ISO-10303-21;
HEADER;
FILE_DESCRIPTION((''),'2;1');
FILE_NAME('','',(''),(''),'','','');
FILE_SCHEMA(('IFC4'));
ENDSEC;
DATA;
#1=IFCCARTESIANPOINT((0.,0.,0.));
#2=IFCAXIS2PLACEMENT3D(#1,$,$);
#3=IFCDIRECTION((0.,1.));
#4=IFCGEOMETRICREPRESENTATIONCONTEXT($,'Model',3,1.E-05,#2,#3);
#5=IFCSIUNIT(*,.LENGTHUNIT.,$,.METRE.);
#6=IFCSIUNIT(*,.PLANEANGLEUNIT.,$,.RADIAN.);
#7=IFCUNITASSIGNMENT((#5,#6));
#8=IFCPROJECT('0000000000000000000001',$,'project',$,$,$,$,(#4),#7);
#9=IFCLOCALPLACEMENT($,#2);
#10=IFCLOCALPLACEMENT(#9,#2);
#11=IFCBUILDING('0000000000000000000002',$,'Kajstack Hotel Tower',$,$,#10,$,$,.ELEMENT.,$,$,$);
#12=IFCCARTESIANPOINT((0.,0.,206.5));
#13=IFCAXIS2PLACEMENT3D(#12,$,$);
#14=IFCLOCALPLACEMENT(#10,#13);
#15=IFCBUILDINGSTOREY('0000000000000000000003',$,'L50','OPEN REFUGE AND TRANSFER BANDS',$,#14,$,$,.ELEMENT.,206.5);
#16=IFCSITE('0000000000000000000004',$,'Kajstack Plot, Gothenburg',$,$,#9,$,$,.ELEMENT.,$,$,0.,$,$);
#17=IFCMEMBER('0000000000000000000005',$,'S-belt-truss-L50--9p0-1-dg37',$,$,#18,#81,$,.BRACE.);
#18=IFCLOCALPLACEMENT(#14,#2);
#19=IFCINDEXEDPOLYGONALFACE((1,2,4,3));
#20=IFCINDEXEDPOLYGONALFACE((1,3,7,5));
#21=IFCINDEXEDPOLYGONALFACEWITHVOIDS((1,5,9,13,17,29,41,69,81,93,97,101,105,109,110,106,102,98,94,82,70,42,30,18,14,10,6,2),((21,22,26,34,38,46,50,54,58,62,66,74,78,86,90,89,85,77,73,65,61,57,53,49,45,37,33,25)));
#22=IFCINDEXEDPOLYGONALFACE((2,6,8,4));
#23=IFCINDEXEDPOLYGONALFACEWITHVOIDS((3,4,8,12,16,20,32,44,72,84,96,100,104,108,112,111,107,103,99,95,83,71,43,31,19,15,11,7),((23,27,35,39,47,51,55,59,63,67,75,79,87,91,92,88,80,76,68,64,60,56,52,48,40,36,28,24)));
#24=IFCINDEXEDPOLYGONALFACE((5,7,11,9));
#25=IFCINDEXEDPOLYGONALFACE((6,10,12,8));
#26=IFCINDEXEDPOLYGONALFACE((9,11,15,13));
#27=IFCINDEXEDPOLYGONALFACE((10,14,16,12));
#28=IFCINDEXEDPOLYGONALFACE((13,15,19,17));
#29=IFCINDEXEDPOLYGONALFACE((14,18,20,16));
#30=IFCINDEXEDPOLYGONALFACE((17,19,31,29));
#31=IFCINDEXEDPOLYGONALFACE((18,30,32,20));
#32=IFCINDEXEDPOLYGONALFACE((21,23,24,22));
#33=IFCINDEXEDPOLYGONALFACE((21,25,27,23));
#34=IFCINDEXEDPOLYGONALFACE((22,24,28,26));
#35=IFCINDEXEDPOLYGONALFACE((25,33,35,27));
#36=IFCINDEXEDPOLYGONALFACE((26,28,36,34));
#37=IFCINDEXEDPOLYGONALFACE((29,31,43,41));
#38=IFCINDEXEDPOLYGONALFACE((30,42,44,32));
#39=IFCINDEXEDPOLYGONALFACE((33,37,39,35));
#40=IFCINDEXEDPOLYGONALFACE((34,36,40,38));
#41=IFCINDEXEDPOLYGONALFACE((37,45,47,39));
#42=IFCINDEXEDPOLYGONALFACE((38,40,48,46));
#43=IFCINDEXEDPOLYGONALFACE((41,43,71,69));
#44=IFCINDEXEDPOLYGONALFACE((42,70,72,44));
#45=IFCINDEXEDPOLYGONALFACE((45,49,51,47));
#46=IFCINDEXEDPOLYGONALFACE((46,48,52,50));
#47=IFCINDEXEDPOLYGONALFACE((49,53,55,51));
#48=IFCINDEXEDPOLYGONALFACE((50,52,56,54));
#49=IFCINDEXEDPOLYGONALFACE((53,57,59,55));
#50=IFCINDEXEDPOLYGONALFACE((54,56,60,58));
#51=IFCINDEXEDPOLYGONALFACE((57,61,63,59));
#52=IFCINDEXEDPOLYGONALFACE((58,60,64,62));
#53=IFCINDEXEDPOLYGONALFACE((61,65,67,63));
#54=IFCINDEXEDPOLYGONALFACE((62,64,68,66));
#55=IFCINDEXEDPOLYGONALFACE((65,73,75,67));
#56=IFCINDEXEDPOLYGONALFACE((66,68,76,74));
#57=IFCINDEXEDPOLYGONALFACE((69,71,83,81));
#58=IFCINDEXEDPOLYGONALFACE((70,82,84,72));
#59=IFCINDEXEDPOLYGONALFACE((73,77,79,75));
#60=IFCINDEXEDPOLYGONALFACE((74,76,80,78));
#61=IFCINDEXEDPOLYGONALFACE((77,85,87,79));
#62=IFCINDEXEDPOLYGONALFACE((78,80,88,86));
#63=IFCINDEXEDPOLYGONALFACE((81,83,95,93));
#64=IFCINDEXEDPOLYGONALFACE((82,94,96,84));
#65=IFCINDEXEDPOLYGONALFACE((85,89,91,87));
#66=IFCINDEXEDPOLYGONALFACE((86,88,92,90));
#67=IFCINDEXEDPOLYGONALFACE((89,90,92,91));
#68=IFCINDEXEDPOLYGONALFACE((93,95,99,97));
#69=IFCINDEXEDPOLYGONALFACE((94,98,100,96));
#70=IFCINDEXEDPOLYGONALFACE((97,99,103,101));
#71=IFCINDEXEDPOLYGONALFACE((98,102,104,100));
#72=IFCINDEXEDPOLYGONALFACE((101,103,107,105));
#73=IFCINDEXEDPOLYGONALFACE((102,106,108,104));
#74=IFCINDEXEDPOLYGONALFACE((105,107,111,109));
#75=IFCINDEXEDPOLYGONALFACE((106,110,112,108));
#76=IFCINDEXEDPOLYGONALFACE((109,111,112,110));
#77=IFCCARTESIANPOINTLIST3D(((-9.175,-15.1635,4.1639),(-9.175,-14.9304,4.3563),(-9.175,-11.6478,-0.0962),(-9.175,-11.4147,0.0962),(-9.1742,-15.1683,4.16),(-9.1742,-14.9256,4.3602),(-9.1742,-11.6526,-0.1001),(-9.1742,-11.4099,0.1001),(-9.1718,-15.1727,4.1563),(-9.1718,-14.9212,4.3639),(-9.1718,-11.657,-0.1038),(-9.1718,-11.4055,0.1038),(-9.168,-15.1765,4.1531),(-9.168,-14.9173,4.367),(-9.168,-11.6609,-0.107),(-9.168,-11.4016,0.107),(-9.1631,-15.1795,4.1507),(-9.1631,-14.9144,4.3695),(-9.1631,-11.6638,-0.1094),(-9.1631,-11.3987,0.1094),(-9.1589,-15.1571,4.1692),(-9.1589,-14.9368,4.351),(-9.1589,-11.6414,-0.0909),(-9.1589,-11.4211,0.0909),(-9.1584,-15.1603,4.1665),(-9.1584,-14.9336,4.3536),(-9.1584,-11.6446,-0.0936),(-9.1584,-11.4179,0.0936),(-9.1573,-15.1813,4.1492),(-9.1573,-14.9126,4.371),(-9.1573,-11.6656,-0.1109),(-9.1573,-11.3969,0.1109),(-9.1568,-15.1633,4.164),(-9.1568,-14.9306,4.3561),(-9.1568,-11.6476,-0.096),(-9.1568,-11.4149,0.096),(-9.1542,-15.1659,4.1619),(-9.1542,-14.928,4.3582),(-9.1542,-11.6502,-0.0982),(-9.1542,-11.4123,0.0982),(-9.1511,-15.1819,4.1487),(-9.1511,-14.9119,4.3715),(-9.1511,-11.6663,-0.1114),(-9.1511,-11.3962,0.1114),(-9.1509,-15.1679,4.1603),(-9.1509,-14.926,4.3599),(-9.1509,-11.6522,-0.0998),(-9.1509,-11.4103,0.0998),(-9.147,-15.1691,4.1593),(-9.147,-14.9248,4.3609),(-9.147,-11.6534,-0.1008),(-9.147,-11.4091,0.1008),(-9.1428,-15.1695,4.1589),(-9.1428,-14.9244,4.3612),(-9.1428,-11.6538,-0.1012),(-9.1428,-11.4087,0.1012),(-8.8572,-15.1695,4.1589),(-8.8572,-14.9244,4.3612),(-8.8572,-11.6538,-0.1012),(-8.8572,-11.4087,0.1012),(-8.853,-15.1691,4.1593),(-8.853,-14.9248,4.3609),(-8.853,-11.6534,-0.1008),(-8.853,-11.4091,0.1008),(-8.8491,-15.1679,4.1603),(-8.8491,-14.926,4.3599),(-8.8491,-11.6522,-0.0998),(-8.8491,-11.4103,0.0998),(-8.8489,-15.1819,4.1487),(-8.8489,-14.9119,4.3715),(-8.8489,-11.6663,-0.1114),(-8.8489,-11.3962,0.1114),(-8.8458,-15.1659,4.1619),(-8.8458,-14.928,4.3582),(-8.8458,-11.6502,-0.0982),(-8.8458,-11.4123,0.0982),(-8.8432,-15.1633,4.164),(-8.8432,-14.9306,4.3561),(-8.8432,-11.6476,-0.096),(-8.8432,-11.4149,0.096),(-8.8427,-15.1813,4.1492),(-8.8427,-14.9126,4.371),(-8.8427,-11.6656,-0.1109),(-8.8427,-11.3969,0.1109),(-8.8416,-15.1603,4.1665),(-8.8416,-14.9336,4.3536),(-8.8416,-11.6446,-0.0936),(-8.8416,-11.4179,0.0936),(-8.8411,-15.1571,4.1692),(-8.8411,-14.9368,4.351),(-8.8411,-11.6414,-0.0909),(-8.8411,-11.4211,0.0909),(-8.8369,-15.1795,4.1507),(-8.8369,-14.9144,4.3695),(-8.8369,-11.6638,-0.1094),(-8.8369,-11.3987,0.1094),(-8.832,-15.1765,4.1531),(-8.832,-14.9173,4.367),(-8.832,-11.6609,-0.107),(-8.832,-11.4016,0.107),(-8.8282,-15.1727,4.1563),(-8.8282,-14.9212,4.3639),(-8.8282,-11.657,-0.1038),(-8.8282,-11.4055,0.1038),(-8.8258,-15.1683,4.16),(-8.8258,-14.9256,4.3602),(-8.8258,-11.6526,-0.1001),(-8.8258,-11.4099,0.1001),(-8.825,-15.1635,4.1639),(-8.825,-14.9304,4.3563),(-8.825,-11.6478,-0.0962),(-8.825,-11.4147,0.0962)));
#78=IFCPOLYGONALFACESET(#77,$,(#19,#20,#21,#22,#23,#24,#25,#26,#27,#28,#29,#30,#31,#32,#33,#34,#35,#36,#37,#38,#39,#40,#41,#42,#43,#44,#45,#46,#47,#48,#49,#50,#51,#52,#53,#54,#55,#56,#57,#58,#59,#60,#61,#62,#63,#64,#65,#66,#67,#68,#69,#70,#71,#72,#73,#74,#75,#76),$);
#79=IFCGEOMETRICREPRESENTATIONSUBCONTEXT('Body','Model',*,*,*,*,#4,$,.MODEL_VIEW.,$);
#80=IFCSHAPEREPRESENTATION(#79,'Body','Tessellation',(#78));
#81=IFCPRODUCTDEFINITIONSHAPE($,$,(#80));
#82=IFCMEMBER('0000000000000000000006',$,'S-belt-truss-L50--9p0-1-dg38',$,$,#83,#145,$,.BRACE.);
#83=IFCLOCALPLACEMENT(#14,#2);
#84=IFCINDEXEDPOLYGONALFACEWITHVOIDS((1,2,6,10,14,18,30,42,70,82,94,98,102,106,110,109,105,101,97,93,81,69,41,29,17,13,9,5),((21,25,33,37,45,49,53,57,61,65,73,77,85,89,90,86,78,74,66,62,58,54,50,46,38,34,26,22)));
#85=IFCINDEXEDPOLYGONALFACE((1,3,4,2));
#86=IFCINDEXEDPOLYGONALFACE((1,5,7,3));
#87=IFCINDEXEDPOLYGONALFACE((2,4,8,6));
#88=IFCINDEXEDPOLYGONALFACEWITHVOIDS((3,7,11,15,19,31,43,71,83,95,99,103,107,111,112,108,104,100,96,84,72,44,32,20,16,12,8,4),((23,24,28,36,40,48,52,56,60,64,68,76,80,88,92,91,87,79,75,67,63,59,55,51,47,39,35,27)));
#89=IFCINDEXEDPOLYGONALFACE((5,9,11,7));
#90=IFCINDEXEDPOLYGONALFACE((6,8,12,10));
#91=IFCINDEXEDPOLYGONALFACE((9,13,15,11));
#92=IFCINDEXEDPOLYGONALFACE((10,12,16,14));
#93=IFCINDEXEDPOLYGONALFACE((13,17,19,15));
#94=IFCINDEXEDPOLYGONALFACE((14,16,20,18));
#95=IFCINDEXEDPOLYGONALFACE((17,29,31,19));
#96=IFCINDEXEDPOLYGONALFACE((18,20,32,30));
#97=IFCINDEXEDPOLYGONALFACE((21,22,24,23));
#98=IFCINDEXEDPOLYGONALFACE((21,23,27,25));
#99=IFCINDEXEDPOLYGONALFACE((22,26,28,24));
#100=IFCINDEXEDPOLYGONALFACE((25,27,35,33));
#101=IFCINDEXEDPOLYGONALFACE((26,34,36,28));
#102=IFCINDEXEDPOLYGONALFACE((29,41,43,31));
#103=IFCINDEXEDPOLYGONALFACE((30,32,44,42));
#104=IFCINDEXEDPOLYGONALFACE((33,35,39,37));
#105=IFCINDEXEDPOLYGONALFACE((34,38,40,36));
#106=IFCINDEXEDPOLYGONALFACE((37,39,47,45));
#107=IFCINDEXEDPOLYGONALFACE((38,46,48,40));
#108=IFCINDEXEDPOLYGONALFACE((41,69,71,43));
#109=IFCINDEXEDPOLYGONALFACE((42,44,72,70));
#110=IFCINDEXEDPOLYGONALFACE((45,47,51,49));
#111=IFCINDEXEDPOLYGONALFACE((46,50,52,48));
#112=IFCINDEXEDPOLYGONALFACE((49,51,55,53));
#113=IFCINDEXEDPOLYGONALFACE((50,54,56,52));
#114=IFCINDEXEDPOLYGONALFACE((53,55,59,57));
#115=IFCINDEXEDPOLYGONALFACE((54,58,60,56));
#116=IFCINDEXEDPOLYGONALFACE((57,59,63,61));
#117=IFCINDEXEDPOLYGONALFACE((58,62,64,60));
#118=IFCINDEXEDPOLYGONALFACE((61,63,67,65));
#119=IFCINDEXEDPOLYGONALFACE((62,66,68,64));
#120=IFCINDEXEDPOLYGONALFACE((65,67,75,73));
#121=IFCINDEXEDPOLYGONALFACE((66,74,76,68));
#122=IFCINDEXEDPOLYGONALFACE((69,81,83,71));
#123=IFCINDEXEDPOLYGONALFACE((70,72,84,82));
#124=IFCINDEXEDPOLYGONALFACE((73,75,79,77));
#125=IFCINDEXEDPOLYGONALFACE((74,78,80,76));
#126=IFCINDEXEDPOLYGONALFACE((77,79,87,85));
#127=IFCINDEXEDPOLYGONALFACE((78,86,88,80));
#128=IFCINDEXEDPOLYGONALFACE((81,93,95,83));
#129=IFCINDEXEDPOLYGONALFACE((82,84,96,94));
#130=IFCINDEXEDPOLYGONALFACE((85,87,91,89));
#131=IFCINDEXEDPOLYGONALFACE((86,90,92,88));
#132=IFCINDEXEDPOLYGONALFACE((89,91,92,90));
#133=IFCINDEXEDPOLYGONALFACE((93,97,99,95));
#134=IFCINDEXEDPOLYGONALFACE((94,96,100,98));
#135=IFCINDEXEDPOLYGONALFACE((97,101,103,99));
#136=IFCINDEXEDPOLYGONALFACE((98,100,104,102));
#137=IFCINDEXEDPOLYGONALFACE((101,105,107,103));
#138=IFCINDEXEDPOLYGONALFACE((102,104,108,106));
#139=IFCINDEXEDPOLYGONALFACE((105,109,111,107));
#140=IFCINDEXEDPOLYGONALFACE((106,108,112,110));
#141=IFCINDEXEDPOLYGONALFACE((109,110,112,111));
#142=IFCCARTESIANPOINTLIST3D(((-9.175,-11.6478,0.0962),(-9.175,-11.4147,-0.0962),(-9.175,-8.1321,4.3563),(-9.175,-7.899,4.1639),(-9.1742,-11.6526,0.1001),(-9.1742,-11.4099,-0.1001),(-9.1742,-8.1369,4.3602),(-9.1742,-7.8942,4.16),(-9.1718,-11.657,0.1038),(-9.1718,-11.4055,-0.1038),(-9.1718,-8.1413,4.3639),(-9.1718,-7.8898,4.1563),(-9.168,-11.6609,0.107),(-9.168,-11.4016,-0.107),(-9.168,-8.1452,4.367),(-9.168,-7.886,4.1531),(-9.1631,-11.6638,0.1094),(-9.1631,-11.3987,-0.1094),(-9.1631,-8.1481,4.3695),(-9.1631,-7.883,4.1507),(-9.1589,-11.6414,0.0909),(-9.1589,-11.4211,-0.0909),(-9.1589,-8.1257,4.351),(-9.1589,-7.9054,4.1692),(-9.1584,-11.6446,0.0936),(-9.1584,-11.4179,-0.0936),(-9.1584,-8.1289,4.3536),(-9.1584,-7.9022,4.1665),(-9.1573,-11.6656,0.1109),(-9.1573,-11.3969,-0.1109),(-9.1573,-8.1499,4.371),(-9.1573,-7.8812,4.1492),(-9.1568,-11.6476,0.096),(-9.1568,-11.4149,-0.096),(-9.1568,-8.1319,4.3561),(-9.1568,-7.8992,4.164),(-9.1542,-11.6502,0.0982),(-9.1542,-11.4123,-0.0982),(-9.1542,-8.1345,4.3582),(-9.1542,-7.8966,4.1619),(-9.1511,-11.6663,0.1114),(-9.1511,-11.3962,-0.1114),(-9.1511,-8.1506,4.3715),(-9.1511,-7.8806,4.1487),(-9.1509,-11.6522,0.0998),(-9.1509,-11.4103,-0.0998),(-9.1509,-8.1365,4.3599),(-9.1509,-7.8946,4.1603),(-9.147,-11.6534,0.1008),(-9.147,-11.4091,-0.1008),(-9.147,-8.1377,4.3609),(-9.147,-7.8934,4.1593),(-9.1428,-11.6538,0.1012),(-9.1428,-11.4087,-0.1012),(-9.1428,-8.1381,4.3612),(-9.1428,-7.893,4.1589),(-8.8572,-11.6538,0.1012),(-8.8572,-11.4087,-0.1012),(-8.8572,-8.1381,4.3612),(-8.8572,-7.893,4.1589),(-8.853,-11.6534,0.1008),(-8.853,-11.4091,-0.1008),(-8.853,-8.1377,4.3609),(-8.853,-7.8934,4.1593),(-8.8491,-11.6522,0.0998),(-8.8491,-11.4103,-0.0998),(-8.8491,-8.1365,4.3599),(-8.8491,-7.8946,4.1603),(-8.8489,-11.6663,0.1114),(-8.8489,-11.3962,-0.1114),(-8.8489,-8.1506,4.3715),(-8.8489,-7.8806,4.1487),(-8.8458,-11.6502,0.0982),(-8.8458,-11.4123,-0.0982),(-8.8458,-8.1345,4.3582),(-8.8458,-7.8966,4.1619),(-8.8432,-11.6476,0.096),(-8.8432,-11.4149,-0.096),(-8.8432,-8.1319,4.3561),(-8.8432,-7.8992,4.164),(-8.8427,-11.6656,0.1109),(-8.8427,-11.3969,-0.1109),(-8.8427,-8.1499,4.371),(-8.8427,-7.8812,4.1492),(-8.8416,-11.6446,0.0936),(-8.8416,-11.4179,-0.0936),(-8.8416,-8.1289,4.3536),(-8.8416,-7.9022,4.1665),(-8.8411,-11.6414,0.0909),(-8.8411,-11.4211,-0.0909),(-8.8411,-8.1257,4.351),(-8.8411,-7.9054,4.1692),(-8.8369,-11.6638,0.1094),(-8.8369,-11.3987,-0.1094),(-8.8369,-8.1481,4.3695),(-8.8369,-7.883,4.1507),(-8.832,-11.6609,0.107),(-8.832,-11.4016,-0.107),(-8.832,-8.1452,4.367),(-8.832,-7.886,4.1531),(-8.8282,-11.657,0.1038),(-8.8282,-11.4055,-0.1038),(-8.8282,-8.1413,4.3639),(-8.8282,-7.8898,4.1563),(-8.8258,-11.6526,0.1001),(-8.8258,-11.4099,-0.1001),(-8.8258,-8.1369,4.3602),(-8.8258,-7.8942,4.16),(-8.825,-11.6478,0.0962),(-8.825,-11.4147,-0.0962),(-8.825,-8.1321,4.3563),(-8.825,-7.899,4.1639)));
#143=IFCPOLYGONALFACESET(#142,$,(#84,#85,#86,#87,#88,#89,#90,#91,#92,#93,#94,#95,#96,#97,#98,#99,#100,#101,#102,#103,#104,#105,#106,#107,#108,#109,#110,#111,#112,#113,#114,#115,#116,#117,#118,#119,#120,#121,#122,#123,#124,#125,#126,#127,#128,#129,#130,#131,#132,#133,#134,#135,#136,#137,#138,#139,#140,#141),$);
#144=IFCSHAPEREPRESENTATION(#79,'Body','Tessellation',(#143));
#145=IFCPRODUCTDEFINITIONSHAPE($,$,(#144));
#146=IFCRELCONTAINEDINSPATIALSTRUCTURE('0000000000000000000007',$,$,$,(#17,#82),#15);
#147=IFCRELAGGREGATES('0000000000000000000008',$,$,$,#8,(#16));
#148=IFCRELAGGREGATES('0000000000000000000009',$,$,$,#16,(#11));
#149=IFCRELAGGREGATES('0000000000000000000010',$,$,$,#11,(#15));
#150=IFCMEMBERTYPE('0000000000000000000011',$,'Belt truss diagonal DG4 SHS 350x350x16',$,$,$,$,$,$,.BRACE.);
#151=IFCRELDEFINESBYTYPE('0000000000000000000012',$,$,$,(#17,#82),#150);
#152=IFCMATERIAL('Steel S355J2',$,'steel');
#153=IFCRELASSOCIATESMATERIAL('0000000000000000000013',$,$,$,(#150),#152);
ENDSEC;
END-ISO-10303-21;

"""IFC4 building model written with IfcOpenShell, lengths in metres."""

from ifc_helpers import new_model, si_unit, direction, frame, origin, origin_2d, place, context, subcontext, project, spatial, hollow_rectangle, extrude, material, material_profile, profile_set, type_object, element, save


model = new_model("IFC4")

# Units and contexts
model_context = context("Model", 3, precision=1e-05, world=origin(), true_north=direction((0.0, 1.0)))
body_context = subcontext(model_context, "Body", "Model", "MODEL_VIEW")
ifc_project = project(units=[si_unit("LENGTHUNIT", "METRE"), si_unit("PLANEANGLEUNIT", "RADIAN")], contexts=[model_context])

# Site, building, storey
site_placement = place(None, origin())
site = spatial("IfcSite", under=ifc_project, at=site_placement, Name="Kajstack Plot, Gothenburg", CompositionType="ELEMENT", RefElevation=0.0)
building_placement = place(site_placement, origin())
building = spatial("IfcBuilding", under=site, at=building_placement, Name="Kajstack Hotel Tower", CompositionType="ELEMENT")
storey_placement = place(building_placement, frame((0.0, 0.0, 206.5)))
storey = spatial("IfcBuildingStorey", under=building, at=storey_placement, Name="L50", Description="OPEN REFUGE AND TRANSFER BANDS", CompositionType="ELEMENT", Elevation=206.5)

# Members
ifc_material_1 = material(Name="Steel S355J2", Category="steel")
ifc_material_profile_1 = material_profile(ifc_material_1, hollow_rectangle(XDim=0.3501, YDim=0.3501, WallThickness=0.0161, InnerFilletRadius=0.0161, OuterFilletRadius=0.0239, at=origin_2d()), Name="SHS 350x350x16")
ifc_profile_set_1 = profile_set([ifc_material_profile_1], Name="Steel S355J2")
member_type_1 = type_object("IfcMemberType", Name="Belt truss diagonal DG4 SHS 350x350x16", PredefinedType="BRACE", material=ifc_profile_set_1)
for number, where, z_axis, x_axis, name in (
    (1, (-9.0, -11.5312, 0.0), (0.0, -0.636503, 0.771274), (1.0, 0.0, 0.0), "S-belt-truss-L50--9p0-1-dg37"),
    (2, (-9.0, -11.5312, 0.0), (0.0, 0.636503, 0.771274), (-1.0, 0.0, 0.0), "S-belt-truss-L50--9p0-1-dg38"),
):
    element("IfcMember", number, at=place(storey_placement, frame(where, z_axis=z_axis, x_axis=x_axis)), inside=storey, type_object=member_type_1, Name=name, PredefinedType="BRACE", context=body_context, shape_type="SweptSolid", body=[
        extrude(hollow_rectangle(XDim=0.3501, YDim=0.3501, WallThickness=0.0161, InnerFilletRadius=0.0161, OuterFilletRadius=0.0239, at=origin_2d()), origin(), (0.0, 0.0, 1.0), 5.5234),
    ])

save(model, "model.ifc")
